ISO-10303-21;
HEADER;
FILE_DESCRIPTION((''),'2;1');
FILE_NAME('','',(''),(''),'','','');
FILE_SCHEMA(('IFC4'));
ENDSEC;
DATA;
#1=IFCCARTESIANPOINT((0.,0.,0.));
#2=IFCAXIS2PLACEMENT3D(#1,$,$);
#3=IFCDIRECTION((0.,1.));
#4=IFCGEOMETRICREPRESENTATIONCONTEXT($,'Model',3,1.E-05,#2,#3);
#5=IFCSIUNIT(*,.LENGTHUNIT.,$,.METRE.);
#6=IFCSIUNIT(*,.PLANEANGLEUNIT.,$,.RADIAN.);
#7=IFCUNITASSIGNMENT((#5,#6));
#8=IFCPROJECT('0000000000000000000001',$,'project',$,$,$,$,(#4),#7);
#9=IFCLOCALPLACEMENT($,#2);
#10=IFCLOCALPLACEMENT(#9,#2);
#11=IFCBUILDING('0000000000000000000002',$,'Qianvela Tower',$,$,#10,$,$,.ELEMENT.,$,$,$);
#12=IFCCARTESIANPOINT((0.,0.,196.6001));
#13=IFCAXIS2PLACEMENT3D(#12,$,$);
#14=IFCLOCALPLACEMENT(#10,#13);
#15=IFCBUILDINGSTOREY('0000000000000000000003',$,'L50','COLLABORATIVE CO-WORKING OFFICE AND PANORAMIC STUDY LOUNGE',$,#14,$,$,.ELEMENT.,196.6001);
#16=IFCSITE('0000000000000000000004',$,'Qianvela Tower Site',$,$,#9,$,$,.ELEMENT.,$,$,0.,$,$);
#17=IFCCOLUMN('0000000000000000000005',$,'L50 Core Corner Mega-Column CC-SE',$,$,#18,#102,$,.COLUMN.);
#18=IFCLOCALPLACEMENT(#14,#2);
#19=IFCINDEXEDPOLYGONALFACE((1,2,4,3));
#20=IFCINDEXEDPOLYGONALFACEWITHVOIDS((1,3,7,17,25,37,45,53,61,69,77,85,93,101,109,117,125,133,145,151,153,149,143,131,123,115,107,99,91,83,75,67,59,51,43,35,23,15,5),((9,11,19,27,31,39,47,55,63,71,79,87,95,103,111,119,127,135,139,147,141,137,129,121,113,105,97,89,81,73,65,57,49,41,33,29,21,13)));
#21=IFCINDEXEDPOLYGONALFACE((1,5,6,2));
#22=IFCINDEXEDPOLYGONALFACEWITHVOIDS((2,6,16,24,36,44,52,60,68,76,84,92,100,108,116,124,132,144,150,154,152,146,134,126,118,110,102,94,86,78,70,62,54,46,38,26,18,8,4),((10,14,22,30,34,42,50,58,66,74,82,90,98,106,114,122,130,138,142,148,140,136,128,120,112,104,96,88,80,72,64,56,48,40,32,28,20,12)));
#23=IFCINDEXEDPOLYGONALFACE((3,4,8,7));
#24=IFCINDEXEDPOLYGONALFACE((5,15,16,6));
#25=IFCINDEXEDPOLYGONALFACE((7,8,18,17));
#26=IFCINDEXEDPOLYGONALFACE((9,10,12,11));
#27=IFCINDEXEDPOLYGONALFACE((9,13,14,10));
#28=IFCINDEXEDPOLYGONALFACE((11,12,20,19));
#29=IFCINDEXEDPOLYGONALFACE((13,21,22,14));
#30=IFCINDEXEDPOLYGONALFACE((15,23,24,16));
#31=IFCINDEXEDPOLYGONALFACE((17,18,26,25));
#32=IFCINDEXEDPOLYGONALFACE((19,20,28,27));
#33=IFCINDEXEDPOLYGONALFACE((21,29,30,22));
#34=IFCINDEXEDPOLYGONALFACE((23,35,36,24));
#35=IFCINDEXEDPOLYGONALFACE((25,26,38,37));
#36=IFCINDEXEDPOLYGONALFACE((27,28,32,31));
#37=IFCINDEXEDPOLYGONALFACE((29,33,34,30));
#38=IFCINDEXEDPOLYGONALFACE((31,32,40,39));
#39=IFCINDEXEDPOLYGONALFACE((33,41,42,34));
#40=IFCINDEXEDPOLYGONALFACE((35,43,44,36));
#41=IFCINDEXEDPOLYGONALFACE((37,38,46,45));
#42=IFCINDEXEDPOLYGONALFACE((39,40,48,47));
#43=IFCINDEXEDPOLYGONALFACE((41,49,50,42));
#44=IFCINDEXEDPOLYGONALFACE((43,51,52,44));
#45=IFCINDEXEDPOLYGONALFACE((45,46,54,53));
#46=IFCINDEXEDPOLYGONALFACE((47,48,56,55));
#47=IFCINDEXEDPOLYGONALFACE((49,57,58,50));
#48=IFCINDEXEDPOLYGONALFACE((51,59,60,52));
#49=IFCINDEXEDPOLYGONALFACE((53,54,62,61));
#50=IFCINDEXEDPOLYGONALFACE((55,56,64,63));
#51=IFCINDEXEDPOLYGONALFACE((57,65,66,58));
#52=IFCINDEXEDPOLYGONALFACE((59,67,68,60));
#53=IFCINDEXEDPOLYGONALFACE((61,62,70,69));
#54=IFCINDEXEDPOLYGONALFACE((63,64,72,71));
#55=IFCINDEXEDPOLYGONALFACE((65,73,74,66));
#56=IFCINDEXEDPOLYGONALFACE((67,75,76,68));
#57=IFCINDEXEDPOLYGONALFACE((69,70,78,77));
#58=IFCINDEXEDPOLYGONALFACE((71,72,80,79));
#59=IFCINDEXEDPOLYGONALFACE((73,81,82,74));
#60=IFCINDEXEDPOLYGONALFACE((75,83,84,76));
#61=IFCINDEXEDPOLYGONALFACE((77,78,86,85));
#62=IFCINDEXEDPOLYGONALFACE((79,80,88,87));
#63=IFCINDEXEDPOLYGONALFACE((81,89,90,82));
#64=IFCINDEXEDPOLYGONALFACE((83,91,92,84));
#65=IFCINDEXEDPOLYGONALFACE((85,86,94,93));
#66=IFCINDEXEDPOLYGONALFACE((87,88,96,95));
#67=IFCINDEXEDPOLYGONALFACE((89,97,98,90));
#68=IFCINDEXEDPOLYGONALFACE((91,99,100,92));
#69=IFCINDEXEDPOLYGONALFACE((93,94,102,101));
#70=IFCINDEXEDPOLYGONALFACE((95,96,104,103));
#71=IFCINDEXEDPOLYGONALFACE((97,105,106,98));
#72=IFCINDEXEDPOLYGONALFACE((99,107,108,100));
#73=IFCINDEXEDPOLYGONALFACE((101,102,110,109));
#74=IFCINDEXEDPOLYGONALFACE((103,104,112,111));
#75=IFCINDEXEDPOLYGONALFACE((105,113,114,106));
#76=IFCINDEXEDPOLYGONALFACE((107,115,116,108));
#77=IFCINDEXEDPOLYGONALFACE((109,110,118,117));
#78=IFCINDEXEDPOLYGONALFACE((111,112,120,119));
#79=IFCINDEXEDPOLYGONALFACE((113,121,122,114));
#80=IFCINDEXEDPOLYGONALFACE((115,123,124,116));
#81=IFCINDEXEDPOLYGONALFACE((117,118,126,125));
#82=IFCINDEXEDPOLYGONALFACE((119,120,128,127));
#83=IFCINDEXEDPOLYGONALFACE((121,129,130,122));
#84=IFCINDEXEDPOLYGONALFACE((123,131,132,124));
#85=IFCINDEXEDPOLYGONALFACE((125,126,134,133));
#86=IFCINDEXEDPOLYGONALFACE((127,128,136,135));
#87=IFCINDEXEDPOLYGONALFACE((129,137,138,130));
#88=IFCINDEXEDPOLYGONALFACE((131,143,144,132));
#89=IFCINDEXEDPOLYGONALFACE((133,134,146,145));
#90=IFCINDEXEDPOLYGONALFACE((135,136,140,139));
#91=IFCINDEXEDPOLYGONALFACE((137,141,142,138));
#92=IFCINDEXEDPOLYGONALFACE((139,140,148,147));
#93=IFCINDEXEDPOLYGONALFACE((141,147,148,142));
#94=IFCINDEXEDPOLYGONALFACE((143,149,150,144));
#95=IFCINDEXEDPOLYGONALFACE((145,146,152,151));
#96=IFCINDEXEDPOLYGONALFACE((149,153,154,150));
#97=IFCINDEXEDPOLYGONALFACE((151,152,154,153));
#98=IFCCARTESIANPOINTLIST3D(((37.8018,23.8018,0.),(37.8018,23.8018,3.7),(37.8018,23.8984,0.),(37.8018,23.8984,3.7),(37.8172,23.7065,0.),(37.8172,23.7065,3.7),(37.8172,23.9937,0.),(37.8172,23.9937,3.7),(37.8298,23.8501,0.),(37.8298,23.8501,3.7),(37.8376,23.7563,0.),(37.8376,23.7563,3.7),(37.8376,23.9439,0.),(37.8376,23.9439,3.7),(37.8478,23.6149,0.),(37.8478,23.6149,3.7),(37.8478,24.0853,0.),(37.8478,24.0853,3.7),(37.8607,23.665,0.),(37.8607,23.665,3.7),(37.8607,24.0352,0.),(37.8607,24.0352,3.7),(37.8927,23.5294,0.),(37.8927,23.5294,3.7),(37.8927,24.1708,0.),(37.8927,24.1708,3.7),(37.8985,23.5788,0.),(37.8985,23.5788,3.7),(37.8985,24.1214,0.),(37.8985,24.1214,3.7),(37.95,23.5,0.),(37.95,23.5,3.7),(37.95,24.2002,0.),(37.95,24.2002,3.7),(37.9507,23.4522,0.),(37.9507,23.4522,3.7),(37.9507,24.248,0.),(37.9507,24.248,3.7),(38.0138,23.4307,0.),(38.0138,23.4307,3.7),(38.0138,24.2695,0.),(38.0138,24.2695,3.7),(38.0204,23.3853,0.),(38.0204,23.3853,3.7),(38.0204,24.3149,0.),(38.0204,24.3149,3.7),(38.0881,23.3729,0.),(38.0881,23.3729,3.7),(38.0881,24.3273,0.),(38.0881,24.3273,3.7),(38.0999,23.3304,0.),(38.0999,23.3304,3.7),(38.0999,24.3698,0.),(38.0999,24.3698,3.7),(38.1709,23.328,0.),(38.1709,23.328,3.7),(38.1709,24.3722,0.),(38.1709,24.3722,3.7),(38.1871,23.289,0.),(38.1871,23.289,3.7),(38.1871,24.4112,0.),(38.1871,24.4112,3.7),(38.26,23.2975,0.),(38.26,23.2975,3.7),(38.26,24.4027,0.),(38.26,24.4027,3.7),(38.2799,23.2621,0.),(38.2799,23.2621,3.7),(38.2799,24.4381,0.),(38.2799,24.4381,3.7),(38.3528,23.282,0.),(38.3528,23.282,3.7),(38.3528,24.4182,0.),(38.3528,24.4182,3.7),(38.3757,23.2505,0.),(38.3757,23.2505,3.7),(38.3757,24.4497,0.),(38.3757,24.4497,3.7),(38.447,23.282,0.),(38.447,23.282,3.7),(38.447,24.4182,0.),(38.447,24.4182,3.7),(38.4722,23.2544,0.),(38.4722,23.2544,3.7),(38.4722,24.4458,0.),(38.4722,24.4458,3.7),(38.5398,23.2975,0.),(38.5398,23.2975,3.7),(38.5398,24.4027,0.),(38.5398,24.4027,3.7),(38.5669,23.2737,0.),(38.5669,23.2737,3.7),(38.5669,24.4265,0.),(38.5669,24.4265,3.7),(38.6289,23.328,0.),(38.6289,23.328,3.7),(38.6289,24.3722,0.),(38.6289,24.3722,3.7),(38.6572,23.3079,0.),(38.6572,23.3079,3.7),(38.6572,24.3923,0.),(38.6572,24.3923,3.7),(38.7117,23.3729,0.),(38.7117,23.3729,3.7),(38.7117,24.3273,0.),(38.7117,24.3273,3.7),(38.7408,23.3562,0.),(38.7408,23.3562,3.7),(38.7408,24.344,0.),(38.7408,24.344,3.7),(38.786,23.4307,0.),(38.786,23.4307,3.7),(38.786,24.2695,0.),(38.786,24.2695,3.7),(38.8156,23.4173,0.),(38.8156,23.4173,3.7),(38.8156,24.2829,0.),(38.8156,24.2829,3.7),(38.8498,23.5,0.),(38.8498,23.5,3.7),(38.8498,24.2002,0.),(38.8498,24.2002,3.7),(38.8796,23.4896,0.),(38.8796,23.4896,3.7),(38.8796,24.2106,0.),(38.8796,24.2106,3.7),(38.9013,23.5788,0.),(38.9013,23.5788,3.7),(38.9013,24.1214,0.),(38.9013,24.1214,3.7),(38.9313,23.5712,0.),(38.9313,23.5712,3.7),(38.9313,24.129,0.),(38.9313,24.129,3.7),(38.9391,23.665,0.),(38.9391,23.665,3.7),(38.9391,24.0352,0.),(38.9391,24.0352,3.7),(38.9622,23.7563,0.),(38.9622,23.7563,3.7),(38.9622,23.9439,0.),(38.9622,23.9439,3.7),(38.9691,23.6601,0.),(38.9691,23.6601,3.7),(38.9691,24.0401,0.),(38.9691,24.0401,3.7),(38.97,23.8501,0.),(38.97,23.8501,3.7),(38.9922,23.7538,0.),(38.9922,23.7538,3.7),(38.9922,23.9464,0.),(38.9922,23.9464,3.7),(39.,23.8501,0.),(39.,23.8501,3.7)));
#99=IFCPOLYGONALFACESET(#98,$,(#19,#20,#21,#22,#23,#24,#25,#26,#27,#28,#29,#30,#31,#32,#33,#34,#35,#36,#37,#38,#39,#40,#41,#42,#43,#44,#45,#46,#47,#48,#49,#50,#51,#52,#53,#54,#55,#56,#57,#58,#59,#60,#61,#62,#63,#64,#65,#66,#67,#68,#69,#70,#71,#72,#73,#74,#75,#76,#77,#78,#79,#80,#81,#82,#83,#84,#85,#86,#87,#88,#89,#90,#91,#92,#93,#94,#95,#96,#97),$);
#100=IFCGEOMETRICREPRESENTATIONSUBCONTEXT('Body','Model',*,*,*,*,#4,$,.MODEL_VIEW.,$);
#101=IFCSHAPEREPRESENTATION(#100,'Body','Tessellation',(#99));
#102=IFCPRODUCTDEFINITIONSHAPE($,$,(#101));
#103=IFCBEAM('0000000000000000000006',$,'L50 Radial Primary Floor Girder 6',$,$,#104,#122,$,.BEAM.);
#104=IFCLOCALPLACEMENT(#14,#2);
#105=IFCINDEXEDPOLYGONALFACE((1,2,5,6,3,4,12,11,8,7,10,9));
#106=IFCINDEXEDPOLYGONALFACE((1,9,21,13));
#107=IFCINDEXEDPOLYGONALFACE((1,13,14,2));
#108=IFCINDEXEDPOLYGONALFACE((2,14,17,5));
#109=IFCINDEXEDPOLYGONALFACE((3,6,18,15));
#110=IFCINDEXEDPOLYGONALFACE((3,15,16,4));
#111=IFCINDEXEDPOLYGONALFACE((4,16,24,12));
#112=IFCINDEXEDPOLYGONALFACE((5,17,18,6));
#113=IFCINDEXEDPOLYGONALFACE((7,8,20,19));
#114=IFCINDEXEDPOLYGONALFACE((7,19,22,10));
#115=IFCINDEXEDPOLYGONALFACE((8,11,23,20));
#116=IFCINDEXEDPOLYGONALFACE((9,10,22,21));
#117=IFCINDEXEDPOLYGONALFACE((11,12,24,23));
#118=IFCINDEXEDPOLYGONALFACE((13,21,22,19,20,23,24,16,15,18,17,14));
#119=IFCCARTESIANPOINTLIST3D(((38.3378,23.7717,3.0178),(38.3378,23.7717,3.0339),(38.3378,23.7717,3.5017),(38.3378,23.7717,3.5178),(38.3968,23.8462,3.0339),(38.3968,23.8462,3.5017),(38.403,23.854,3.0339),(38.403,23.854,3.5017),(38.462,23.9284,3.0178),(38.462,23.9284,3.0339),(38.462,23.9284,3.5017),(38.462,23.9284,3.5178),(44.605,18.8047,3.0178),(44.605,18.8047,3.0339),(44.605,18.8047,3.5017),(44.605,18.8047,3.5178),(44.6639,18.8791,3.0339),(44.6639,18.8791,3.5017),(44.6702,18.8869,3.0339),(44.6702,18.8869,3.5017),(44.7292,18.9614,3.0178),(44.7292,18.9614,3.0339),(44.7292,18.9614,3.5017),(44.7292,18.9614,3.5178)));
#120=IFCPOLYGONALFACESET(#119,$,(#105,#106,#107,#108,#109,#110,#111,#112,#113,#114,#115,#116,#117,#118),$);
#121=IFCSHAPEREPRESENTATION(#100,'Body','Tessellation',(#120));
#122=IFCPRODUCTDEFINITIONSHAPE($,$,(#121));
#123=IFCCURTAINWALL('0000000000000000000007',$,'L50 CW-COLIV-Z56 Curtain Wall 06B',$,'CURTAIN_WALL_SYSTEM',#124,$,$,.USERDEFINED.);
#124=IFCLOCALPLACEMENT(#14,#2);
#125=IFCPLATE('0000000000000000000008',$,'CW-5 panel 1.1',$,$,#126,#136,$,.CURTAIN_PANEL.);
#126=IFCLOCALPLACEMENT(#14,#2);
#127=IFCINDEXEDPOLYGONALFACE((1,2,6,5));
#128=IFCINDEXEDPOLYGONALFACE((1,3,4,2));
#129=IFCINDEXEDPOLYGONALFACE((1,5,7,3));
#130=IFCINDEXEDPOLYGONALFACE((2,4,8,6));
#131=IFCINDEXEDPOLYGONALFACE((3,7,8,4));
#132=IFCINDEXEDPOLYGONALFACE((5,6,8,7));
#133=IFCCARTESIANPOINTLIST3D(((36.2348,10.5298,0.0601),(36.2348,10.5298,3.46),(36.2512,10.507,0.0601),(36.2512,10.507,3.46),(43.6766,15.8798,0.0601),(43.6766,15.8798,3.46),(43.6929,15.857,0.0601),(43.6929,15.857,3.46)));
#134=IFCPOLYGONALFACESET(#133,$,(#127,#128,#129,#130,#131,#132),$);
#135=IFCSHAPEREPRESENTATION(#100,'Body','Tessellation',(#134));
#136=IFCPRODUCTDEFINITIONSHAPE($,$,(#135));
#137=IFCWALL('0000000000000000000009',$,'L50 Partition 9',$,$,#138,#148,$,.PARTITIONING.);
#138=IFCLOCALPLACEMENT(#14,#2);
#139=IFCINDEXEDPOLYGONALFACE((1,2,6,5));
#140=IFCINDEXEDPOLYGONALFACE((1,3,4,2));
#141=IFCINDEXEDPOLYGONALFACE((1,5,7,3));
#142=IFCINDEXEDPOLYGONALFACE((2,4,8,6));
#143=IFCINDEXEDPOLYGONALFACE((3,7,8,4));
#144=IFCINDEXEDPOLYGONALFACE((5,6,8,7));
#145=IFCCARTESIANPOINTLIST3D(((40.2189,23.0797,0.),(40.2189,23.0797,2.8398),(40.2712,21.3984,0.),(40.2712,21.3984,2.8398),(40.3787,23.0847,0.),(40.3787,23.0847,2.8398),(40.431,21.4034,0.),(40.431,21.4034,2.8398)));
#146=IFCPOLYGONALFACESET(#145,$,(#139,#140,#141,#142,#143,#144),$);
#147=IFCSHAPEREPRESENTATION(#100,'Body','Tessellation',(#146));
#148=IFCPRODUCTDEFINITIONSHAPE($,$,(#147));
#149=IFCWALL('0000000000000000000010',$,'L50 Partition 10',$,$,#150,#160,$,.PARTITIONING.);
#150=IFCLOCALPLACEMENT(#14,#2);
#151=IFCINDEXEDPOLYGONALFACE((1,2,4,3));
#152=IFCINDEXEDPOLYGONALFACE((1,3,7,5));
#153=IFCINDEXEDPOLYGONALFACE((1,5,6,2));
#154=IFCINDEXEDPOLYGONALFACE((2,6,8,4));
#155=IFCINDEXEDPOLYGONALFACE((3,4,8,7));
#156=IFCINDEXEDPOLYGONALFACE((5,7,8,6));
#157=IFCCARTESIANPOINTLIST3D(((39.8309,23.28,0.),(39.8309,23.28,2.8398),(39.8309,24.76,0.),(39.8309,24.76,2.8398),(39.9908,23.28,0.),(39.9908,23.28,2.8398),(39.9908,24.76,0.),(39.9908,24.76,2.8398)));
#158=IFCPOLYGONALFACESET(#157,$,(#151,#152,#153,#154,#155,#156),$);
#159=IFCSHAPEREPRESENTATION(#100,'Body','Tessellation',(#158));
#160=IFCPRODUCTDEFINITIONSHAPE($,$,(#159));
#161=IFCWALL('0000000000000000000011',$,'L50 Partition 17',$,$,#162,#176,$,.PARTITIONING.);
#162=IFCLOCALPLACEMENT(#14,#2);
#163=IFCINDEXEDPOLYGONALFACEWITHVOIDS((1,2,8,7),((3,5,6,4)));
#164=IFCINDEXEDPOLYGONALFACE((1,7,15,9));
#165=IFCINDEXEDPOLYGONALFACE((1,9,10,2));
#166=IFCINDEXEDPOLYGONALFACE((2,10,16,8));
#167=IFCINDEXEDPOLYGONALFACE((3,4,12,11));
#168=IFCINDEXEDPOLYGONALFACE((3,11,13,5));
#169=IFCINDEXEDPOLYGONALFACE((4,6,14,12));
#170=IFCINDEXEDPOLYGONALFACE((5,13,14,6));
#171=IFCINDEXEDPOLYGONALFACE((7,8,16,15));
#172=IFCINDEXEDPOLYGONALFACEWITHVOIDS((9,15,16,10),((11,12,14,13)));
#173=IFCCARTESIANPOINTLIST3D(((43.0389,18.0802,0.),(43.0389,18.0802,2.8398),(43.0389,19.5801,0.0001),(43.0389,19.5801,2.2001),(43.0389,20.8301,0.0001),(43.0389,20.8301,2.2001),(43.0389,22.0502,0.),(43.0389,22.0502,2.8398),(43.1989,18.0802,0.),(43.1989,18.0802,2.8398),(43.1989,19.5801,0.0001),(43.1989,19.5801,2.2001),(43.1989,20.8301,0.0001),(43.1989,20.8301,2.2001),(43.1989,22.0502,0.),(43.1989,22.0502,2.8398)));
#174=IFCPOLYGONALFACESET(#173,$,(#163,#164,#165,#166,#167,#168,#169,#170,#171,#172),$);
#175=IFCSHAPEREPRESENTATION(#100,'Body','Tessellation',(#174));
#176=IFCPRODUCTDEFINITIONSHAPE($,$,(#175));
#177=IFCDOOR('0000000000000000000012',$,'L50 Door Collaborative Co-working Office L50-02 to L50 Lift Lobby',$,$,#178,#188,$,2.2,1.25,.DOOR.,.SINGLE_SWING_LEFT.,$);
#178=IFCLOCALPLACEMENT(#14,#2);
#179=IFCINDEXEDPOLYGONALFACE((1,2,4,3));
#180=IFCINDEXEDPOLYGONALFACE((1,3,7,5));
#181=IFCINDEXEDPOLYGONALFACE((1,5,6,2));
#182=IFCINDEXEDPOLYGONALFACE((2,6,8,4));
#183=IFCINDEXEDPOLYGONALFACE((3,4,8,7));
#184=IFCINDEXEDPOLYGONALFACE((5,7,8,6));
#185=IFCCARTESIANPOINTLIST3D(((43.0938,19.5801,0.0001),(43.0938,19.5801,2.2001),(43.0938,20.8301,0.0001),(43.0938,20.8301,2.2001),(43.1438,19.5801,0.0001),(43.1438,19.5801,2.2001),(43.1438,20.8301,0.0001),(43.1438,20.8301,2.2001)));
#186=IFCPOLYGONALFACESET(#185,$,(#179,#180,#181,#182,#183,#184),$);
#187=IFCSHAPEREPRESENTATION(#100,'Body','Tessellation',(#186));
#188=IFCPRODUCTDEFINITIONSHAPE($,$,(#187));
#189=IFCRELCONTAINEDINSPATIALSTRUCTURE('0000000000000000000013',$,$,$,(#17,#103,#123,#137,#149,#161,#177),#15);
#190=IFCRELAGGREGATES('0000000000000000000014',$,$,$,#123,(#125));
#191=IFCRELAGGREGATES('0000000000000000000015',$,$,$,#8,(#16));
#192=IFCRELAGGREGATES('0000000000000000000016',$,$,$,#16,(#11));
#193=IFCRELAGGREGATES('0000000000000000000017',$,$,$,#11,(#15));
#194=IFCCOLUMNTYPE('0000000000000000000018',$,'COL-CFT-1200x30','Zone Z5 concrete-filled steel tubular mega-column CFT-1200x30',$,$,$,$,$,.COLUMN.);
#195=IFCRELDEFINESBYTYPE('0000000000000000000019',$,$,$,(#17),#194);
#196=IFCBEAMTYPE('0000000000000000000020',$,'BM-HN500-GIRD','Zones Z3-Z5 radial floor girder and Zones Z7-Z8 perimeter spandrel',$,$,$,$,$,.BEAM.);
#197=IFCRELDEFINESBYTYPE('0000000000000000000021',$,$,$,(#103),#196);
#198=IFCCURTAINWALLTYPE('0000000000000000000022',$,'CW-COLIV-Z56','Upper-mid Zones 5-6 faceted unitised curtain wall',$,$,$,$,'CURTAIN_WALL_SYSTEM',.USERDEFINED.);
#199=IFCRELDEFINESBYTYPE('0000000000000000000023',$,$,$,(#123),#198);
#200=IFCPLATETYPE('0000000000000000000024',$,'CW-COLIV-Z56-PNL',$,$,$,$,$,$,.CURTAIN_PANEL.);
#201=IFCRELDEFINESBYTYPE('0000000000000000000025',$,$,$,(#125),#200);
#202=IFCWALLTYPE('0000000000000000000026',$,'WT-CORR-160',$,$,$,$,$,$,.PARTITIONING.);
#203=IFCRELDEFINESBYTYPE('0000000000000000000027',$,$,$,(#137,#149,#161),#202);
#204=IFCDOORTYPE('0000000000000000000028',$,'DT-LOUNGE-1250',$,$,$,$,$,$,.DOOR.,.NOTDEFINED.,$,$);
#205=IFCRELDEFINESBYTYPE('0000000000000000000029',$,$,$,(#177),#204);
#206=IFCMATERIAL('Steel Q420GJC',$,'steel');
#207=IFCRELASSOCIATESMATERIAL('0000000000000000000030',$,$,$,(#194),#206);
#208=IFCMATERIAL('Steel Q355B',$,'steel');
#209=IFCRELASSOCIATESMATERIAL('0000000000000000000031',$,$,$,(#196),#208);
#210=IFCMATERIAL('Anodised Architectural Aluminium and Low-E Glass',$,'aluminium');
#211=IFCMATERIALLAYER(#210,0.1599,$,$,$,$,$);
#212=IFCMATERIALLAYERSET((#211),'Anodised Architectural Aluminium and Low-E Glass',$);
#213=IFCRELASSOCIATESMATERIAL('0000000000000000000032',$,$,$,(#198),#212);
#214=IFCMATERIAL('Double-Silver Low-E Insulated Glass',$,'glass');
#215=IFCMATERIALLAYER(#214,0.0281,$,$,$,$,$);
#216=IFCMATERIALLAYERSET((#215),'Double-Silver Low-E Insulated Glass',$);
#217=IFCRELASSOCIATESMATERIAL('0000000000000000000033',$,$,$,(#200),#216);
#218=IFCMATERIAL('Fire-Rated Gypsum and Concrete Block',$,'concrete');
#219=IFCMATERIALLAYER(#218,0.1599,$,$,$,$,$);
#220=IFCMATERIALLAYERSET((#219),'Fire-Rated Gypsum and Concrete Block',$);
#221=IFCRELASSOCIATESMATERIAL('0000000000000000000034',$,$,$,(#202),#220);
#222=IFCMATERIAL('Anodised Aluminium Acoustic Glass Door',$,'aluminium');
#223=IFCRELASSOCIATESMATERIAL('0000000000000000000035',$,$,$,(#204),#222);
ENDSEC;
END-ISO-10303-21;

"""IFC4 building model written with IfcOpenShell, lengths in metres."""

from ifc_helpers import new_model, si_unit, direction, frame, frame_2d, origin, origin_2d, place, context, subcontext, project, spatial, rectangle, hollow_circle, i_section, extrude, material, layer, layer_set, material_profile, profile_set, type_object, element, fill, aggregate, save


model = new_model("IFC4")

# Units and contexts
model_context = context("Model", 3, precision=1e-05, world=origin(), true_north=direction((0.0, 1.0)))
body_context = subcontext(model_context, "Body", "Model", "MODEL_VIEW")
ifc_project = project(units=[si_unit("LENGTHUNIT", "METRE"), si_unit("PLANEANGLEUNIT", "RADIAN")], contexts=[model_context])

# Site, building, storey
site_placement = place(None, origin())
site = spatial("IfcSite", under=ifc_project, at=site_placement, Name="Qianvela Tower Site", CompositionType="ELEMENT", RefElevation=0.0)
building_placement = place(site_placement, origin())
building = spatial("IfcBuilding", under=site, at=building_placement, Name="Qianvela Tower", CompositionType="ELEMENT")
storey_placement = place(building_placement, frame((0.0, 0.0, 196.6001)))
storey = spatial("IfcBuildingStorey", under=building, at=storey_placement, Name="L50", Description="COLLABORATIVE CO-WORKING OFFICE AND PANORAMIC STUDY LOUNGE", CompositionType="ELEMENT", Elevation=196.6001)

# Column
ifc_material_1 = material(Name="Steel Q420GJC", Category="steel")
ifc_material_profile_1 = material_profile(ifc_material_1, hollow_circle(Radius=0.6001, WallThickness=0.03, at=origin_2d()), Name="CFT-1200x30")
ifc_profile_set_1 = profile_set([ifc_material_profile_1], Name="Steel Q420GJC")
column_type = type_object("IfcColumnType", Name="COL-CFT-1200x30", Description="Zone Z5 concrete-filled steel tubular mega-column CFT-1200x30", PredefinedType="COLUMN", material=ifc_profile_set_1)
column_placement = place(storey_placement, frame((38.3999, 23.8501, 0.0), z_axis=(0.0, 0.0, 1.0), x_axis=(1.0, 0.0, 0.0)))
element("IfcColumn", 1, at=column_placement, inside=storey, type_object=column_type, Name="L50 Core Corner Mega-Column CC-SE", PredefinedType="COLUMN", context=body_context, shape_type="SweptSolid", body=[
    extrude(hollow_circle(Radius=0.6001, WallThickness=0.03, at=origin_2d()), origin(), (0.0, 0.0, 1.0), 3.7),
])

# Beam
ifc_material_2 = material(Name="Steel Q355B", Category="steel")
ifc_material_profile_2 = material_profile(ifc_material_2, i_section(OverallWidth=0.2, OverallDepth=0.5, WebThickness=0.01, FlangeThickness=0.0161, at=origin_2d()), Name="HN500x200x10x16")
ifc_profile_set_2 = profile_set([ifc_material_profile_2], Name="Steel Q355B")
beam_type = type_object("IfcBeamType", Name="BM-HN500-GIRD", Description="Zones Z3-Z5 radial floor girder and Zones Z7-Z8 perimeter spandrel", PredefinedType="BEAM", material=ifc_profile_set_2)
beam_placement = place(storey_placement, frame((38.3999, 23.8501, 3.2678), z_axis=(0.783705, -0.621133, 0.0), x_axis=(0.621133, 0.783705, 0.0)))
element("IfcBeam", 2, at=beam_placement, inside=storey, type_object=beam_type, Name="L50 Radial Primary Floor Girder 6", PredefinedType="BEAM", context=body_context, shape_type="SweptSolid", body=[
    extrude(i_section(OverallWidth=0.2, OverallDepth=0.5, WebThickness=0.01, FlangeThickness=0.0161, at=origin_2d()), origin(), (0.0, 0.0, 1.0), 7.9968),
])

# Curtain wall, plate
ifc_material_3 = material(Name="Anodised Architectural Aluminium and Low-E Glass", Category="aluminium")
ifc_layer_1 = layer(ifc_material_3, 0.1599)
ifc_layer_set_1 = layer_set([ifc_layer_1], Name="Anodised Architectural Aluminium and Low-E Glass")
curtain_wall_type = type_object("IfcCurtainWallType", Name="CW-COLIV-Z56", Description="Upper-mid Zones 5-6 faceted unitised curtain wall", ElementType="CURTAIN_WALL_SYSTEM", PredefinedType="USERDEFINED", material=ifc_layer_set_1)
curtain_wall_placement = place(storey_placement, origin())
curtain_wall = element("IfcCurtainWall", 3, at=curtain_wall_placement, inside=storey, type_object=curtain_wall_type, Name="L50 CW-COLIV-Z56 Curtain Wall 06B", ObjectType="CURTAIN_WALL_SYSTEM", PredefinedType="USERDEFINED")
ifc_material_4 = material(Name="Double-Silver Low-E Insulated Glass", Category="glass")
ifc_layer_2 = layer(ifc_material_4, 0.0281)
ifc_layer_set_2 = layer_set([ifc_layer_2], Name="Double-Silver Low-E Insulated Glass")
plate_type = type_object("IfcPlateType", Name="CW-COLIV-Z56-PNL", PredefinedType="CURTAIN_PANEL", material=ifc_layer_set_2)
plate_placement = place(storey_placement, frame((39.9639, 13.1934, 0.0601), z_axis=(0.0, 0.0, 1.0), x_axis=(0.811952, 0.583725, 0.0)))
plate = element("IfcPlate", 4, at=plate_placement, type_object=plate_type, Name="CW-5 panel 1.1", PredefinedType="CURTAIN_PANEL", context=body_context, shape_type="SweptSolid", body=[
    extrude(rectangle(XDim=9.1653, YDim=0.0281, at=origin_2d()), origin(), (0.0, 0.0, 1.0), 3.3999),
])
aggregate(curtain_wall, [plate])

# Walls
ifc_material_5 = material(Name="Fire-Rated Gypsum and Concrete Block", Category="concrete")
ifc_layer_3 = layer(ifc_material_5, 0.1599)
ifc_layer_set_3 = layer_set([ifc_layer_3], Name="Fire-Rated Gypsum and Concrete Block")
wall_type_1 = type_object("IfcWallType", Name="WT-CORR-160", PredefinedType="PARTITIONING", material=ifc_layer_set_3)
wall_1_placement = place(storey_placement, frame((40.3511, 21.4009, 0.0), z_axis=(0.0, 0.0, 1.0), x_axis=(-0.031058, 0.999518, 0.0)))
element("IfcWall", 5, at=wall_1_placement, inside=storey, type_object=wall_type_1, Name="L50 Partition 9", PredefinedType="PARTITIONING", context=body_context, shape_type="SweptSolid", body=[
    extrude(rectangle(XDim=1.6821, YDim=0.1599, at=frame_2d((0.8411, 0.0))), origin(), (0.0, 0.0, 1.0), 2.8398),
])
wall_2_placement = place(storey_placement, frame((39.9109, 23.28, 0.0), z_axis=(0.0, 0.0, 1.0), x_axis=(0.0, 1.0, 0.0)))
element("IfcWall", 6, at=wall_2_placement, inside=storey, type_object=wall_type_1, Name="L50 Partition 10", PredefinedType="PARTITIONING", context=body_context, shape_type="SweptSolid", body=[
    extrude(rectangle(XDim=1.48, YDim=0.1599, at=frame_2d((0.74, 0.0))), origin(), (0.0, 0.0, 1.0), 2.8398),
])

# Wall, opening, door
wall_3_placement = place(storey_placement, frame((43.1189, 22.05, 0.0), z_axis=(0.0, 0.0, 1.0), x_axis=(0.0, -1.0, 0.0)))
wall_3 = element("IfcWall", 7, at=wall_3_placement, inside=storey, type_object=wall_type_1, Name="L50 Partition 17", PredefinedType="PARTITIONING", context=body_context, shape_type="SweptSolid", body=[
    extrude(rectangle(XDim=3.97, YDim=0.1599, at=frame_2d((1.9849, 0.0))), origin(), (0.0, 0.0, 1.0), 2.8398),
])
opening_1_placement = place(wall_3_placement, frame((1.22, 0.0, 0.0)))
opening_1 = element("IfcOpeningElement", 8, at=opening_1_placement, cuts=wall_3, PredefinedType="OPENING", context=body_context, shape_type="SweptSolid", body=[
    extrude(rectangle(XDim=1.25, YDim=2.2, at=frame_2d((0.625, 1.1001))), frame((0.0, 0.0898, 0.0), z_axis=(0.0, -1.0, 0.0), x_axis=(1.0, 0.0, 0.0)), (0.0, 0.0, 1.0), 0.1799),
])
ifc_material_6 = material(Name="Anodised Aluminium Acoustic Glass Door", Category="aluminium")
door_type_1 = type_object("IfcDoorType", Name="DT-LOUNGE-1250", OperationType="NOTDEFINED", PredefinedType="DOOR", material=ifc_material_6)
door_1_placement = place(opening_1_placement, origin())
door_1 = element("IfcDoor", 9, at=door_1_placement, inside=storey, type_object=door_type_1, Name="L50 Door Collaborative Co-working Office L50-02 to L50 Lift Lobby", OperationType="SINGLE_SWING_LEFT", OverallHeight=2.2, OverallWidth=1.25, PredefinedType="DOOR", context=body_context, shape_type="SweptSolid", body=[
    extrude(rectangle(XDim=1.25, YDim=2.2, at=frame_2d((0.625, 1.1001))), frame((0.0, 0.0249, 0.0), z_axis=(0.0, -1.0, 0.0), x_axis=(1.0, 0.0, 0.0)), (0.0, 0.0, 1.0), 0.05),
])
fill(opening_1, door_1)

save(model, "model.ifc")
